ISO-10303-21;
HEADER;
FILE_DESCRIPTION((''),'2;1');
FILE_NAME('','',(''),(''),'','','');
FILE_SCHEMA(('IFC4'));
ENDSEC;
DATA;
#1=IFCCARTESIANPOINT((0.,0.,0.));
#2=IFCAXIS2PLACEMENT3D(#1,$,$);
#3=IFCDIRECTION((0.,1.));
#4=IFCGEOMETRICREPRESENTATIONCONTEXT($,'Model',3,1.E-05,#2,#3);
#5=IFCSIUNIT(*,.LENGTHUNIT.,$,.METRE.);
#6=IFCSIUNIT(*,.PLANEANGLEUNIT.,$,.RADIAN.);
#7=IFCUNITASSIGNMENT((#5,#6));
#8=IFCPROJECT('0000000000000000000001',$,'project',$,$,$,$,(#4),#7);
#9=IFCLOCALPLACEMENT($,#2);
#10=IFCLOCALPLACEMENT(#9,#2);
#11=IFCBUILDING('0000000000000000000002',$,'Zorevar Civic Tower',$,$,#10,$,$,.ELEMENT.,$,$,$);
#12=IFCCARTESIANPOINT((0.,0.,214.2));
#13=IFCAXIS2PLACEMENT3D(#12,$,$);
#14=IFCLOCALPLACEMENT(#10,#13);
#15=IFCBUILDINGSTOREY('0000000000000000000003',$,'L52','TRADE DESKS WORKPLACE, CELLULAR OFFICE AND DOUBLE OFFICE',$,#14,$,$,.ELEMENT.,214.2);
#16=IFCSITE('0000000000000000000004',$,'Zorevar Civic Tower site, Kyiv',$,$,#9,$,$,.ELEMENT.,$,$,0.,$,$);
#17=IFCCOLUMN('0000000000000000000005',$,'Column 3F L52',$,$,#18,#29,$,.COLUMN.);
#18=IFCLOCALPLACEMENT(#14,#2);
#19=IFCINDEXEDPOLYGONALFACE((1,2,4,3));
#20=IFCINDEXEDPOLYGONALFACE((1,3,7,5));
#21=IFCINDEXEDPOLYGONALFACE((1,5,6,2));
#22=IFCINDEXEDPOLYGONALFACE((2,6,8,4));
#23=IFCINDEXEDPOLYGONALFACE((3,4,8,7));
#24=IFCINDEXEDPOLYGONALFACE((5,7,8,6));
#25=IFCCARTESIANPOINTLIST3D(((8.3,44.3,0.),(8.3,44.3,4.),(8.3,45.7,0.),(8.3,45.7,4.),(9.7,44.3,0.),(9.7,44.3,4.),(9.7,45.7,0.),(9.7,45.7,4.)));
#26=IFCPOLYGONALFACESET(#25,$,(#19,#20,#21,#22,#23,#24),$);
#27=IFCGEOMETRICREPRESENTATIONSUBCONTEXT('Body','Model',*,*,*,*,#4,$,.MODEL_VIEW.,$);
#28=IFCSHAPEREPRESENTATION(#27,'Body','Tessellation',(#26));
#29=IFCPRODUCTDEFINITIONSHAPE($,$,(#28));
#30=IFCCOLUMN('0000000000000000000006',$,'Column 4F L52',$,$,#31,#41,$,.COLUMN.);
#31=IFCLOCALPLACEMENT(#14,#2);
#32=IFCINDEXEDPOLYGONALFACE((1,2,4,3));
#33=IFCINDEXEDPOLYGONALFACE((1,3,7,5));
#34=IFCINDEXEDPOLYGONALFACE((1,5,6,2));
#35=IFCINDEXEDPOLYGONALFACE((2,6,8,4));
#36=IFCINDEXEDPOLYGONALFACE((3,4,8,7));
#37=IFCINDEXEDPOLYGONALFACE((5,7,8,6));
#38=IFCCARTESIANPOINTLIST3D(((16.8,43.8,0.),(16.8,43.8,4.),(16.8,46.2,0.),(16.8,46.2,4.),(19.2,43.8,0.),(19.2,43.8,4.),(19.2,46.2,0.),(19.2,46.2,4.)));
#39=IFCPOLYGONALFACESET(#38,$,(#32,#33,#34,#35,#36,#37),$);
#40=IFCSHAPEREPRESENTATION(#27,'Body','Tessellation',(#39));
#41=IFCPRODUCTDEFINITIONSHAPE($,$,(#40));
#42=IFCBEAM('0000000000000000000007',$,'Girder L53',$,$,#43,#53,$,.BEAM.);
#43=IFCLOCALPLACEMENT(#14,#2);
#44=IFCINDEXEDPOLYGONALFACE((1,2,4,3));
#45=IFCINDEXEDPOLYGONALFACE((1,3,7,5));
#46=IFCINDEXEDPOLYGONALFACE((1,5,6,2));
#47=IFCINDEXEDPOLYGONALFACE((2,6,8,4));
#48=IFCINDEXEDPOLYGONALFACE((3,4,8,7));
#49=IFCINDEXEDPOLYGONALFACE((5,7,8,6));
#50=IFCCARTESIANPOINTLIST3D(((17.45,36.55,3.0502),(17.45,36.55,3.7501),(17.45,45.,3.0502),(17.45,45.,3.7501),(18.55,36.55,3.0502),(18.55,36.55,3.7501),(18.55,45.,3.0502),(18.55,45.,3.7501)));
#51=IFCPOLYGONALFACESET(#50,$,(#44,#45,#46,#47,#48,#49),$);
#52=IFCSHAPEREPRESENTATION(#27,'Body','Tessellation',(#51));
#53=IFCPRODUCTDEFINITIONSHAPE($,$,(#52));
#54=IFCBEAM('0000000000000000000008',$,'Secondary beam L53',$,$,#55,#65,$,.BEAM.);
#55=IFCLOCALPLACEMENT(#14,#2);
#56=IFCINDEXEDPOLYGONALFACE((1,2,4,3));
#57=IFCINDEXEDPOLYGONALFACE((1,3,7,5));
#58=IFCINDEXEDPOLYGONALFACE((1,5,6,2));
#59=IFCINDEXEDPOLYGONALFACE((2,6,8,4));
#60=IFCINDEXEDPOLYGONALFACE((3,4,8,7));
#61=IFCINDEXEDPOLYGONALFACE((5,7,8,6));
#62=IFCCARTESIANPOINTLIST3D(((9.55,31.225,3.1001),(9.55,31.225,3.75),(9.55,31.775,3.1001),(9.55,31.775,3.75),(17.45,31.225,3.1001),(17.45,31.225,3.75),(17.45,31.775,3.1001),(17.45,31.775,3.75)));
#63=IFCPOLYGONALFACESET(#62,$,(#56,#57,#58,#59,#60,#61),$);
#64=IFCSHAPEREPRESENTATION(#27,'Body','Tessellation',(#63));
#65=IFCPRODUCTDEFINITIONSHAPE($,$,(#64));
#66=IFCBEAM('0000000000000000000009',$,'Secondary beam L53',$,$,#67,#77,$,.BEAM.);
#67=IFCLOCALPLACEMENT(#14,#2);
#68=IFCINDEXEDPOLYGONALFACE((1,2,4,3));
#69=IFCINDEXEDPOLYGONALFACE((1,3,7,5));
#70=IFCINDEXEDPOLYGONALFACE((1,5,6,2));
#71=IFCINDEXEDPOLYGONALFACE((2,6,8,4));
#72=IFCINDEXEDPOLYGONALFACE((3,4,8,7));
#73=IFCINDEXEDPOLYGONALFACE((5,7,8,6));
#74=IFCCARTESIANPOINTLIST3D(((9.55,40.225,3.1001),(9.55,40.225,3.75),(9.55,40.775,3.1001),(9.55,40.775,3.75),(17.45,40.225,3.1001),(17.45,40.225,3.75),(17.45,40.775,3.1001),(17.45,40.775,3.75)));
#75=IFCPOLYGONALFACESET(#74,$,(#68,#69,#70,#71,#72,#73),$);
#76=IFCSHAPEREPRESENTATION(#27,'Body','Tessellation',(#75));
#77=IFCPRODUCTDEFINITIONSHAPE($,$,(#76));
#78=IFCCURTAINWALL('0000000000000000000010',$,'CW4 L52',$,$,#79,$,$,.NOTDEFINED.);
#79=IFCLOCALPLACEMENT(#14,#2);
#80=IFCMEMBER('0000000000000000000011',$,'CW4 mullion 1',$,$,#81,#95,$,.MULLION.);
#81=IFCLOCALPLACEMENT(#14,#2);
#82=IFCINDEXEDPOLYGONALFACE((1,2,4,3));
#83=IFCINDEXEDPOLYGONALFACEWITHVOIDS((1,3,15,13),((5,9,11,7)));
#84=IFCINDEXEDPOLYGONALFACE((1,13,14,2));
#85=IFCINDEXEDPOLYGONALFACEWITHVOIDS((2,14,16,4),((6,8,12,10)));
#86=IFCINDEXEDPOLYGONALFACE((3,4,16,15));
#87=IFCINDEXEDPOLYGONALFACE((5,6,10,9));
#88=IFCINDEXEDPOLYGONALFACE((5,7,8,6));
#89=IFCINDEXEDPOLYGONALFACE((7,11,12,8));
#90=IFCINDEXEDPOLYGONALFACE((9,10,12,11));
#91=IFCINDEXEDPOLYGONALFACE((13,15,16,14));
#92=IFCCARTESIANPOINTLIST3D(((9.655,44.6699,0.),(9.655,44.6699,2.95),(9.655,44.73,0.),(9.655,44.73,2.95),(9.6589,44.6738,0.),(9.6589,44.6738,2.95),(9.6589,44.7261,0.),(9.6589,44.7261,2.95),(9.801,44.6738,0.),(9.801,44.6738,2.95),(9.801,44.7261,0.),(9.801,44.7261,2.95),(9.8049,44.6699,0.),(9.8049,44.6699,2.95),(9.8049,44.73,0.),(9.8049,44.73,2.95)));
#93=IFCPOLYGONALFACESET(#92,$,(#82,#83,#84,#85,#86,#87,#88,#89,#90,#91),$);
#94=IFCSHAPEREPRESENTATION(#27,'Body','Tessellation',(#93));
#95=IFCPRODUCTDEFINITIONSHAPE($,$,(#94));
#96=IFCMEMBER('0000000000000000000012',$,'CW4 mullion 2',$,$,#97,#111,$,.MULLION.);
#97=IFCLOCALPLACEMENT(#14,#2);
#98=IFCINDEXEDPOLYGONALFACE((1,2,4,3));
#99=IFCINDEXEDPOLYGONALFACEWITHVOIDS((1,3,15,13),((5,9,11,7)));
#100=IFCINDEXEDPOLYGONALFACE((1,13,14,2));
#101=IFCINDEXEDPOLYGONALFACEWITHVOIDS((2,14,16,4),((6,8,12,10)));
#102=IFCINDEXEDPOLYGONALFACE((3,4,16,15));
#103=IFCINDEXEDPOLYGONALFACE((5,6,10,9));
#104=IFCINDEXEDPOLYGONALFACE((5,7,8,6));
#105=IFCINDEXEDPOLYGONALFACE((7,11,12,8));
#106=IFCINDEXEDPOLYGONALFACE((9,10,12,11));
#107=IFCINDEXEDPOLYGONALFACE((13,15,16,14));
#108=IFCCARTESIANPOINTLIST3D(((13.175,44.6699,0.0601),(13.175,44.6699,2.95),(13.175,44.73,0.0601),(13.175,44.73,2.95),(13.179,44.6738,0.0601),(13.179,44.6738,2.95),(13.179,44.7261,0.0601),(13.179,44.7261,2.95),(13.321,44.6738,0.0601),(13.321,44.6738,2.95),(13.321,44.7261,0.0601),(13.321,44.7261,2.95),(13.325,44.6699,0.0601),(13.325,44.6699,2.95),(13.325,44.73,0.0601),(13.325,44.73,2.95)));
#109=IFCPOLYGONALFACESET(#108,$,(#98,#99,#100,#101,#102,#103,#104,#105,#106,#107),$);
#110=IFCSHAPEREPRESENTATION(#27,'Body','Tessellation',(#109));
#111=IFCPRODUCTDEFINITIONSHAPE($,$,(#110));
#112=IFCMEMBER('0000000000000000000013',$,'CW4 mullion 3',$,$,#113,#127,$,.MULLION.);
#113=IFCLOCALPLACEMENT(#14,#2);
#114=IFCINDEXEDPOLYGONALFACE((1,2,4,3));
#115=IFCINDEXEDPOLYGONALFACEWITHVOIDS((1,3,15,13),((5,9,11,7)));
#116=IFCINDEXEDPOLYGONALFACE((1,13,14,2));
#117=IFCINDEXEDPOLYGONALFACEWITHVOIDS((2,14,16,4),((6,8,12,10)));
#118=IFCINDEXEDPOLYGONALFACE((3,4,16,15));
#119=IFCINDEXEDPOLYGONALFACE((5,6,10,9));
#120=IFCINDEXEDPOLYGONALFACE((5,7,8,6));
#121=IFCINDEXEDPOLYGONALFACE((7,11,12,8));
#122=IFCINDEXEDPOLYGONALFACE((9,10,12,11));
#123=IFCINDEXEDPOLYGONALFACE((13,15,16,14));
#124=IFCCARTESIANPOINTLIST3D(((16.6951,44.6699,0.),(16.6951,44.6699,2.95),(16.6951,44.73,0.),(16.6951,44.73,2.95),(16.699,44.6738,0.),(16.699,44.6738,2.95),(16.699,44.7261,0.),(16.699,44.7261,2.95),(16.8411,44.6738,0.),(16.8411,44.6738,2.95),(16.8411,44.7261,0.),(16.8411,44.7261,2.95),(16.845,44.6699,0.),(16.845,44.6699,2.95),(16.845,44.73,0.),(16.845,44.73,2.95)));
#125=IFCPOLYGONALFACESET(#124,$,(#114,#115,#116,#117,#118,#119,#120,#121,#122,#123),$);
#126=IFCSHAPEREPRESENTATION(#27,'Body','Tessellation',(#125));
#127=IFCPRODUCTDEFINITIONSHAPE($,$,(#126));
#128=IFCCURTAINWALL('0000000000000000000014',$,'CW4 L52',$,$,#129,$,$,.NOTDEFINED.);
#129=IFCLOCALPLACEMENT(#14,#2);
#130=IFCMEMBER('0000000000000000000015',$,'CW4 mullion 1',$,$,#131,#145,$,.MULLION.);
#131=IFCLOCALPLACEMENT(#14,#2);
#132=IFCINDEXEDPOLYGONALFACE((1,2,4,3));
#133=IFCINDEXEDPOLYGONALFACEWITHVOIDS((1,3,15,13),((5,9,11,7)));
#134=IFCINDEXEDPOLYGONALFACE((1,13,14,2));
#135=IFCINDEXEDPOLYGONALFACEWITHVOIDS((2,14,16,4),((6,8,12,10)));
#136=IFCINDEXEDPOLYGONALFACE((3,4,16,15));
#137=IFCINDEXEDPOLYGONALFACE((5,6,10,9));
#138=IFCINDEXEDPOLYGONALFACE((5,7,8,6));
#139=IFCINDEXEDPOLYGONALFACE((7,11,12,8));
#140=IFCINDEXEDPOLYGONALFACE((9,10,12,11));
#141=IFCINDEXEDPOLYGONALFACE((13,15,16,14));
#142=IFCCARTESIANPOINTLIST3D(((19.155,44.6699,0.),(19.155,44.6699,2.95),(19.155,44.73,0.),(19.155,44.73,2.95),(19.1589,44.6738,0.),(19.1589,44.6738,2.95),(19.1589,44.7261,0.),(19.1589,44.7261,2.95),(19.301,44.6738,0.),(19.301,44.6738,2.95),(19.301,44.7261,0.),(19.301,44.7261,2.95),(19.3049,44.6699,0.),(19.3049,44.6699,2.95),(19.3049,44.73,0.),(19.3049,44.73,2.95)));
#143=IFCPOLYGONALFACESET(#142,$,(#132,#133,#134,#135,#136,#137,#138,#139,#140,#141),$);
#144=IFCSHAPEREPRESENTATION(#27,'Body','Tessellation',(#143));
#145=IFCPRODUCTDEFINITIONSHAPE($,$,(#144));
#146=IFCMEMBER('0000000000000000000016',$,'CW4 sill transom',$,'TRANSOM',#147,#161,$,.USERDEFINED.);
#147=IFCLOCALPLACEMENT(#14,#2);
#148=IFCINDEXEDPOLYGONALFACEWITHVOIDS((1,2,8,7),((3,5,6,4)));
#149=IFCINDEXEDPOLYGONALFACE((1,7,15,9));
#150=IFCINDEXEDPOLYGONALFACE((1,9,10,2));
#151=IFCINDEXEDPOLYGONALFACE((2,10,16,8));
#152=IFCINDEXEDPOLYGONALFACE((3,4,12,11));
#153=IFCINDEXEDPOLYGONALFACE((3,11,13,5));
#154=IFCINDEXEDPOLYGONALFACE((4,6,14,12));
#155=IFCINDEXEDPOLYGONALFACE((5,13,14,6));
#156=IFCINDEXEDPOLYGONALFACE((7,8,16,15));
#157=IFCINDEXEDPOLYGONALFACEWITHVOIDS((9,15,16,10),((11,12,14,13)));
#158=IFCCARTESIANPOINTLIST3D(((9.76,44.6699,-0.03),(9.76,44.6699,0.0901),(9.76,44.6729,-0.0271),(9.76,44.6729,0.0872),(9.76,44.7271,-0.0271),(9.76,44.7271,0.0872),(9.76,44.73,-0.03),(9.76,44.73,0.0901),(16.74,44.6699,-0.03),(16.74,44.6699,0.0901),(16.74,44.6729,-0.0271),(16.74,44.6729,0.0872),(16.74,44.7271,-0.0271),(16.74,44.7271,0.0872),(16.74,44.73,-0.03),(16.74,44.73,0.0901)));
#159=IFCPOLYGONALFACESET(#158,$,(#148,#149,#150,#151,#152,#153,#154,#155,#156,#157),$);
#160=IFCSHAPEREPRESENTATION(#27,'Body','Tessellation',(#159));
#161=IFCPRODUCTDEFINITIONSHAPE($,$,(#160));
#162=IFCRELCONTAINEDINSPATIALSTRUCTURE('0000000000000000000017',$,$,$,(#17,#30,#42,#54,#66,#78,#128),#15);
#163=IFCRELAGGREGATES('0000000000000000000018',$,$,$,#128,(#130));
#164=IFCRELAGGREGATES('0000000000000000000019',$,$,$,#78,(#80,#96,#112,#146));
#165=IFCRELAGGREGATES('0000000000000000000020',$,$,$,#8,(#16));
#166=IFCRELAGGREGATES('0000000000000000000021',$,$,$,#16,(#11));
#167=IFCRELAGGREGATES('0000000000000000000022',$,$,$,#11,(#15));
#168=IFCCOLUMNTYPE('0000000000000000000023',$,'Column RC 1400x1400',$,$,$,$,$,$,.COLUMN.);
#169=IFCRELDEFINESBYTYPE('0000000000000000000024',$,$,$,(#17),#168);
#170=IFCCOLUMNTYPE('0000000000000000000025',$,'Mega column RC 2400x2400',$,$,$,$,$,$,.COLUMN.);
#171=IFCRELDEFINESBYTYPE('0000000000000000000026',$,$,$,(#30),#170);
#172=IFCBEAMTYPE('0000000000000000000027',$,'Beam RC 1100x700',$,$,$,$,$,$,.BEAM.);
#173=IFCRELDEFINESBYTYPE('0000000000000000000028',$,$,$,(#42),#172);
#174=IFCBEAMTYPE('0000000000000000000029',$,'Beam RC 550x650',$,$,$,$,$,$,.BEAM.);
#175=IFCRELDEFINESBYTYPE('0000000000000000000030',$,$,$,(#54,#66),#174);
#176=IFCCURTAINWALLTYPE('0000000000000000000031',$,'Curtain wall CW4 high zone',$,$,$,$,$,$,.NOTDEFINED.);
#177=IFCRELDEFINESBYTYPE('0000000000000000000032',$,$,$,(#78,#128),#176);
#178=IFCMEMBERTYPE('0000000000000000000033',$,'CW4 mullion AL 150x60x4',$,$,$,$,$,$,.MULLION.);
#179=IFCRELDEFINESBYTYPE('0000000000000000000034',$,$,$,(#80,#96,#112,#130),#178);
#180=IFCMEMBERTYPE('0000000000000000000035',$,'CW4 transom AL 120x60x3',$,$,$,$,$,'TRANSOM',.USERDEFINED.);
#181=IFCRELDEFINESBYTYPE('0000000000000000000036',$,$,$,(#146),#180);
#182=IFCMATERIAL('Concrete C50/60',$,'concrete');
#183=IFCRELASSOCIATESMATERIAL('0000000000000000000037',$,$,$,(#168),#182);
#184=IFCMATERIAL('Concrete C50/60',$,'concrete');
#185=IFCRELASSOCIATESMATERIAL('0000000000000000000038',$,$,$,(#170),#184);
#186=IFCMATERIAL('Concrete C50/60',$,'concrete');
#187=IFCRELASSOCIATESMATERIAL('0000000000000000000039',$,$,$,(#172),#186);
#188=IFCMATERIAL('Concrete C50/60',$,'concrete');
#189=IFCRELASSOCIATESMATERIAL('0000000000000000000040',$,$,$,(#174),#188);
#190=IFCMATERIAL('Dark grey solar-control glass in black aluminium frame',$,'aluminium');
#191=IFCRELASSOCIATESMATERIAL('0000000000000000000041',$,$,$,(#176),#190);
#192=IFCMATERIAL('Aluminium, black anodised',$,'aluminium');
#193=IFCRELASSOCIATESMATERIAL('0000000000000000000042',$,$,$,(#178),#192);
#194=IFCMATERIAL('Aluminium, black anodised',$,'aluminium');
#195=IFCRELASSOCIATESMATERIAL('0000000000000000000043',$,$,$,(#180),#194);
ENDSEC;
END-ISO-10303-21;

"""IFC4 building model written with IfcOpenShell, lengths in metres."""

from ifc_helpers import new_model, si_unit, direction, frame, origin, origin_2d, place, context, subcontext, project, spatial, rectangle, hollow_rectangle, extrude, material, material_profile, profile_set, type_object, element, aggregate, save


model = new_model("IFC4")

# Units and contexts
model_context = context("Model", 3, precision=1e-05, world=origin(), true_north=direction((0.0, 1.0)))
body_context = subcontext(model_context, "Body", "Model", "MODEL_VIEW")
ifc_project = project(units=[si_unit("LENGTHUNIT", "METRE"), si_unit("PLANEANGLEUNIT", "RADIAN")], contexts=[model_context])

# Site, building, storey
site_placement = place(None, origin())
site = spatial("IfcSite", under=ifc_project, at=site_placement, Name="Zorevar Civic Tower site, Kyiv", CompositionType="ELEMENT", RefElevation=0.0)
building_placement = place(site_placement, origin())
building = spatial("IfcBuilding", under=site, at=building_placement, Name="Zorevar Civic Tower", CompositionType="ELEMENT")
storey_placement = place(building_placement, frame((0.0, 0.0, 214.2)))
storey = spatial("IfcBuildingStorey", under=building, at=storey_placement, Name="L52", Description="TRADE DESKS WORKPLACE, CELLULAR OFFICE AND DOUBLE OFFICE", CompositionType="ELEMENT", Elevation=214.2)

# Columns
ifc_material_1 = material(Name="Concrete C50/60", Category="concrete")
ifc_material_profile_1 = material_profile(ifc_material_1, rectangle(XDim=1.3999, YDim=1.3999, at=origin_2d()), Name="RC 1400x1400")
ifc_profile_set_1 = profile_set([ifc_material_profile_1], Name="Concrete C50/60")
column_type_1 = type_object("IfcColumnType", Name="Column RC 1400x1400", PredefinedType="COLUMN", material=ifc_profile_set_1)
column_1_placement = place(storey_placement, frame((9.0, 45.0, 0.0), z_axis=(0.0, 0.0, 1.0), x_axis=(1.0, 0.0, 0.0)))
element("IfcColumn", 1, at=column_1_placement, inside=storey, type_object=column_type_1, Name="Column 3F L52", PredefinedType="COLUMN", context=body_context, shape_type="SweptSolid", body=[
    extrude(rectangle(XDim=1.3999, YDim=1.3999, at=origin_2d()), origin(), (0.0, 0.0, 1.0), 4.0),
])
ifc_material_2 = material(Name="Concrete C50/60", Category="concrete")
ifc_material_profile_2 = material_profile(ifc_material_2, rectangle(XDim=2.3999, YDim=2.3999, at=origin_2d()), Name="RC 2400x2400")
ifc_profile_set_2 = profile_set([ifc_material_profile_2], Name="Concrete C50/60")
column_type_2 = type_object("IfcColumnType", Name="Mega column RC 2400x2400", PredefinedType="COLUMN", material=ifc_profile_set_2)
column_2_placement = place(storey_placement, frame((18.0, 45.0, 0.0), z_axis=(0.0, 0.0, 1.0), x_axis=(1.0, 0.0, 0.0)))
element("IfcColumn", 2, at=column_2_placement, inside=storey, type_object=column_type_2, Name="Column 4F L52", PredefinedType="COLUMN", context=body_context, shape_type="SweptSolid", body=[
    extrude(rectangle(XDim=2.3999, YDim=2.3999, at=origin_2d()), origin(), (0.0, 0.0, 1.0), 4.0),
])

# Beams
ifc_material_3 = material(Name="Concrete C50/60", Category="concrete")
ifc_material_profile_3 = material_profile(ifc_material_3, rectangle(XDim=1.1001, YDim=0.7, at=origin_2d()), Name="RC 1100x700")
ifc_profile_set_3 = profile_set([ifc_material_profile_3], Name="Concrete C50/60")
beam_type_1 = type_object("IfcBeamType", Name="Beam RC 1100x700", PredefinedType="BEAM", material=ifc_profile_set_3)
beam_1_placement = place(storey_placement, frame((18.0, 36.55, 3.4001), z_axis=(0.0, 1.0, 0.0), x_axis=(-1.0, 0.0, 0.0)))
element("IfcBeam", 3, at=beam_1_placement, inside=storey, type_object=beam_type_1, Name="Girder L53", PredefinedType="BEAM", context=body_context, shape_type="SweptSolid", body=[
    extrude(rectangle(XDim=1.1001, YDim=0.7, at=origin_2d()), origin(), (0.0, 0.0, 1.0), 8.45),
])
ifc_material_4 = material(Name="Concrete C50/60", Category="concrete")
ifc_material_profile_4 = material_profile(ifc_material_4, rectangle(XDim=0.55, YDim=0.6499, at=origin_2d()), Name="RC 550x650")
ifc_profile_set_4 = profile_set([ifc_material_profile_4], Name="Concrete C50/60")
beam_type_2 = type_object("IfcBeamType", Name="Beam RC 550x650", PredefinedType="BEAM", material=ifc_profile_set_4)
for number, where, z_axis, x_axis, name in (
    (4, (9.55, 31.5, 3.425), (1.0, 0.0, 0.0), (0.0, 1.0, 0.0), "Secondary beam L53"),
    (5, (9.55, 40.5, 3.425), (1.0, 0.0, 0.0), (0.0, 1.0, 0.0), "Secondary beam L53"),
):
    element("IfcBeam", number, at=place(storey_placement, frame(where, z_axis=z_axis, x_axis=x_axis)), inside=storey, type_object=beam_type_2, Name=name, PredefinedType="BEAM", context=body_context, shape_type="SweptSolid", body=[
        extrude(rectangle(XDim=0.55, YDim=0.6499, at=origin_2d()), origin(), (0.0, 0.0, 1.0), 7.8999),
    ])

# Curtain wall, members
ifc_material_5 = material(Name="Dark grey solar-control glass in black aluminium frame", Category="aluminium")
curtain_wall_type = type_object("IfcCurtainWallType", Name="Curtain wall CW4 high zone", PredefinedType="NOTDEFINED", material=ifc_material_5)
curtain_wall_1_placement = place(storey_placement, origin())
curtain_wall_1 = element("IfcCurtainWall", 6, at=curtain_wall_1_placement, inside=storey, type_object=curtain_wall_type, Name="CW4 L52", PredefinedType="NOTDEFINED")
ifc_material_6 = material(Name="Aluminium, black anodised", Category="aluminium")
ifc_material_profile_5 = material_profile(ifc_material_6, hollow_rectangle(XDim=0.0601, YDim=0.1499, WallThickness=0.0039, at=origin_2d()), Name="AL 150x60x4")
ifc_profile_set_5 = profile_set([ifc_material_profile_5], Name="Aluminium, black anodised")
member_type_1 = type_object("IfcMemberType", Name="CW4 mullion AL 150x60x4", PredefinedType="MULLION", material=ifc_profile_set_5)
member_1_placement = place(storey_placement, frame((9.73, 44.7, 0.0), z_axis=(0.0, 0.0, 1.0), x_axis=(0.0, 1.0, 0.0)))
member_1 = element("IfcMember", 7, at=member_1_placement, type_object=member_type_1, Name="CW4 mullion 1", PredefinedType="MULLION", context=body_context, shape_type="SweptSolid", body=[
    extrude(hollow_rectangle(XDim=0.0601, YDim=0.1499, WallThickness=0.0039, at=origin_2d()), origin(), (0.0, 0.0, 1.0), 2.95),
])
member_2_placement = place(storey_placement, frame((13.25, 44.7, 0.0601), z_axis=(0.0, 0.0, 1.0), x_axis=(0.0, 1.0, 0.0)))
member_2 = element("IfcMember", 8, at=member_2_placement, type_object=member_type_1, Name="CW4 mullion 2", PredefinedType="MULLION", context=body_context, shape_type="SweptSolid", body=[
    extrude(hollow_rectangle(XDim=0.0601, YDim=0.1499, WallThickness=0.0039, at=origin_2d()), origin(), (0.0, 0.0, 1.0), 2.8899),
])
member_3_placement = place(storey_placement, frame((16.77, 44.7, 0.0), z_axis=(0.0, 0.0, 1.0), x_axis=(0.0, 1.0, 0.0)))
member_3 = element("IfcMember", 9, at=member_3_placement, type_object=member_type_1, Name="CW4 mullion 3", PredefinedType="MULLION", context=body_context, shape_type="SweptSolid", body=[
    extrude(hollow_rectangle(XDim=0.0601, YDim=0.1499, WallThickness=0.0039, at=origin_2d()), origin(), (0.0, 0.0, 1.0), 2.95),
])

# Curtain wall, member
curtain_wall_2_placement = place(storey_placement, origin())
curtain_wall_2 = element("IfcCurtainWall", 10, at=curtain_wall_2_placement, inside=storey, type_object=curtain_wall_type, Name="CW4 L52", PredefinedType="NOTDEFINED")
member_4_placement = place(storey_placement, frame((19.23, 44.7, 0.0), z_axis=(0.0, 0.0, 1.0), x_axis=(0.0, 1.0, 0.0)))
member_4 = element("IfcMember", 11, at=member_4_placement, type_object=member_type_1, Name="CW4 mullion 1", PredefinedType="MULLION", context=body_context, shape_type="SweptSolid", body=[
    extrude(hollow_rectangle(XDim=0.0601, YDim=0.1499, WallThickness=0.0039, at=origin_2d()), origin(), (0.0, 0.0, 1.0), 2.95),
])
aggregate(curtain_wall_2, [member_4])

# Member
ifc_material_7 = material(Name="Aluminium, black anodised", Category="aluminium")
ifc_material_profile_6 = material_profile(ifc_material_7, hollow_rectangle(XDim=0.0601, YDim=0.1201, WallThickness=0.0029, at=origin_2d()), Name="AL 120x60x3")
ifc_profile_set_6 = profile_set([ifc_material_profile_6], Name="Aluminium, black anodised")
member_type_2 = type_object("IfcMemberType", Name="CW4 transom AL 120x60x3", ElementType="TRANSOM", PredefinedType="USERDEFINED", material=ifc_profile_set_6)
member_5_placement = place(storey_placement, frame((9.76, 44.7, 0.03), z_axis=(1.0, 0.0, 0.0), x_axis=(0.0, 1.0, 0.0)))
member_5 = element("IfcMember", 12, at=member_5_placement, type_object=member_type_2, Name="CW4 sill transom", ObjectType="TRANSOM", PredefinedType="USERDEFINED", context=body_context, shape_type="SweptSolid", body=[
    extrude(hollow_rectangle(XDim=0.0601, YDim=0.1201, WallThickness=0.0029, at=origin_2d()), origin(), (0.0, 0.0, 1.0), 6.98),
])

aggregate(curtain_wall_1, [member_1, member_2, member_3, member_5])

save(model, "model.ifc")
